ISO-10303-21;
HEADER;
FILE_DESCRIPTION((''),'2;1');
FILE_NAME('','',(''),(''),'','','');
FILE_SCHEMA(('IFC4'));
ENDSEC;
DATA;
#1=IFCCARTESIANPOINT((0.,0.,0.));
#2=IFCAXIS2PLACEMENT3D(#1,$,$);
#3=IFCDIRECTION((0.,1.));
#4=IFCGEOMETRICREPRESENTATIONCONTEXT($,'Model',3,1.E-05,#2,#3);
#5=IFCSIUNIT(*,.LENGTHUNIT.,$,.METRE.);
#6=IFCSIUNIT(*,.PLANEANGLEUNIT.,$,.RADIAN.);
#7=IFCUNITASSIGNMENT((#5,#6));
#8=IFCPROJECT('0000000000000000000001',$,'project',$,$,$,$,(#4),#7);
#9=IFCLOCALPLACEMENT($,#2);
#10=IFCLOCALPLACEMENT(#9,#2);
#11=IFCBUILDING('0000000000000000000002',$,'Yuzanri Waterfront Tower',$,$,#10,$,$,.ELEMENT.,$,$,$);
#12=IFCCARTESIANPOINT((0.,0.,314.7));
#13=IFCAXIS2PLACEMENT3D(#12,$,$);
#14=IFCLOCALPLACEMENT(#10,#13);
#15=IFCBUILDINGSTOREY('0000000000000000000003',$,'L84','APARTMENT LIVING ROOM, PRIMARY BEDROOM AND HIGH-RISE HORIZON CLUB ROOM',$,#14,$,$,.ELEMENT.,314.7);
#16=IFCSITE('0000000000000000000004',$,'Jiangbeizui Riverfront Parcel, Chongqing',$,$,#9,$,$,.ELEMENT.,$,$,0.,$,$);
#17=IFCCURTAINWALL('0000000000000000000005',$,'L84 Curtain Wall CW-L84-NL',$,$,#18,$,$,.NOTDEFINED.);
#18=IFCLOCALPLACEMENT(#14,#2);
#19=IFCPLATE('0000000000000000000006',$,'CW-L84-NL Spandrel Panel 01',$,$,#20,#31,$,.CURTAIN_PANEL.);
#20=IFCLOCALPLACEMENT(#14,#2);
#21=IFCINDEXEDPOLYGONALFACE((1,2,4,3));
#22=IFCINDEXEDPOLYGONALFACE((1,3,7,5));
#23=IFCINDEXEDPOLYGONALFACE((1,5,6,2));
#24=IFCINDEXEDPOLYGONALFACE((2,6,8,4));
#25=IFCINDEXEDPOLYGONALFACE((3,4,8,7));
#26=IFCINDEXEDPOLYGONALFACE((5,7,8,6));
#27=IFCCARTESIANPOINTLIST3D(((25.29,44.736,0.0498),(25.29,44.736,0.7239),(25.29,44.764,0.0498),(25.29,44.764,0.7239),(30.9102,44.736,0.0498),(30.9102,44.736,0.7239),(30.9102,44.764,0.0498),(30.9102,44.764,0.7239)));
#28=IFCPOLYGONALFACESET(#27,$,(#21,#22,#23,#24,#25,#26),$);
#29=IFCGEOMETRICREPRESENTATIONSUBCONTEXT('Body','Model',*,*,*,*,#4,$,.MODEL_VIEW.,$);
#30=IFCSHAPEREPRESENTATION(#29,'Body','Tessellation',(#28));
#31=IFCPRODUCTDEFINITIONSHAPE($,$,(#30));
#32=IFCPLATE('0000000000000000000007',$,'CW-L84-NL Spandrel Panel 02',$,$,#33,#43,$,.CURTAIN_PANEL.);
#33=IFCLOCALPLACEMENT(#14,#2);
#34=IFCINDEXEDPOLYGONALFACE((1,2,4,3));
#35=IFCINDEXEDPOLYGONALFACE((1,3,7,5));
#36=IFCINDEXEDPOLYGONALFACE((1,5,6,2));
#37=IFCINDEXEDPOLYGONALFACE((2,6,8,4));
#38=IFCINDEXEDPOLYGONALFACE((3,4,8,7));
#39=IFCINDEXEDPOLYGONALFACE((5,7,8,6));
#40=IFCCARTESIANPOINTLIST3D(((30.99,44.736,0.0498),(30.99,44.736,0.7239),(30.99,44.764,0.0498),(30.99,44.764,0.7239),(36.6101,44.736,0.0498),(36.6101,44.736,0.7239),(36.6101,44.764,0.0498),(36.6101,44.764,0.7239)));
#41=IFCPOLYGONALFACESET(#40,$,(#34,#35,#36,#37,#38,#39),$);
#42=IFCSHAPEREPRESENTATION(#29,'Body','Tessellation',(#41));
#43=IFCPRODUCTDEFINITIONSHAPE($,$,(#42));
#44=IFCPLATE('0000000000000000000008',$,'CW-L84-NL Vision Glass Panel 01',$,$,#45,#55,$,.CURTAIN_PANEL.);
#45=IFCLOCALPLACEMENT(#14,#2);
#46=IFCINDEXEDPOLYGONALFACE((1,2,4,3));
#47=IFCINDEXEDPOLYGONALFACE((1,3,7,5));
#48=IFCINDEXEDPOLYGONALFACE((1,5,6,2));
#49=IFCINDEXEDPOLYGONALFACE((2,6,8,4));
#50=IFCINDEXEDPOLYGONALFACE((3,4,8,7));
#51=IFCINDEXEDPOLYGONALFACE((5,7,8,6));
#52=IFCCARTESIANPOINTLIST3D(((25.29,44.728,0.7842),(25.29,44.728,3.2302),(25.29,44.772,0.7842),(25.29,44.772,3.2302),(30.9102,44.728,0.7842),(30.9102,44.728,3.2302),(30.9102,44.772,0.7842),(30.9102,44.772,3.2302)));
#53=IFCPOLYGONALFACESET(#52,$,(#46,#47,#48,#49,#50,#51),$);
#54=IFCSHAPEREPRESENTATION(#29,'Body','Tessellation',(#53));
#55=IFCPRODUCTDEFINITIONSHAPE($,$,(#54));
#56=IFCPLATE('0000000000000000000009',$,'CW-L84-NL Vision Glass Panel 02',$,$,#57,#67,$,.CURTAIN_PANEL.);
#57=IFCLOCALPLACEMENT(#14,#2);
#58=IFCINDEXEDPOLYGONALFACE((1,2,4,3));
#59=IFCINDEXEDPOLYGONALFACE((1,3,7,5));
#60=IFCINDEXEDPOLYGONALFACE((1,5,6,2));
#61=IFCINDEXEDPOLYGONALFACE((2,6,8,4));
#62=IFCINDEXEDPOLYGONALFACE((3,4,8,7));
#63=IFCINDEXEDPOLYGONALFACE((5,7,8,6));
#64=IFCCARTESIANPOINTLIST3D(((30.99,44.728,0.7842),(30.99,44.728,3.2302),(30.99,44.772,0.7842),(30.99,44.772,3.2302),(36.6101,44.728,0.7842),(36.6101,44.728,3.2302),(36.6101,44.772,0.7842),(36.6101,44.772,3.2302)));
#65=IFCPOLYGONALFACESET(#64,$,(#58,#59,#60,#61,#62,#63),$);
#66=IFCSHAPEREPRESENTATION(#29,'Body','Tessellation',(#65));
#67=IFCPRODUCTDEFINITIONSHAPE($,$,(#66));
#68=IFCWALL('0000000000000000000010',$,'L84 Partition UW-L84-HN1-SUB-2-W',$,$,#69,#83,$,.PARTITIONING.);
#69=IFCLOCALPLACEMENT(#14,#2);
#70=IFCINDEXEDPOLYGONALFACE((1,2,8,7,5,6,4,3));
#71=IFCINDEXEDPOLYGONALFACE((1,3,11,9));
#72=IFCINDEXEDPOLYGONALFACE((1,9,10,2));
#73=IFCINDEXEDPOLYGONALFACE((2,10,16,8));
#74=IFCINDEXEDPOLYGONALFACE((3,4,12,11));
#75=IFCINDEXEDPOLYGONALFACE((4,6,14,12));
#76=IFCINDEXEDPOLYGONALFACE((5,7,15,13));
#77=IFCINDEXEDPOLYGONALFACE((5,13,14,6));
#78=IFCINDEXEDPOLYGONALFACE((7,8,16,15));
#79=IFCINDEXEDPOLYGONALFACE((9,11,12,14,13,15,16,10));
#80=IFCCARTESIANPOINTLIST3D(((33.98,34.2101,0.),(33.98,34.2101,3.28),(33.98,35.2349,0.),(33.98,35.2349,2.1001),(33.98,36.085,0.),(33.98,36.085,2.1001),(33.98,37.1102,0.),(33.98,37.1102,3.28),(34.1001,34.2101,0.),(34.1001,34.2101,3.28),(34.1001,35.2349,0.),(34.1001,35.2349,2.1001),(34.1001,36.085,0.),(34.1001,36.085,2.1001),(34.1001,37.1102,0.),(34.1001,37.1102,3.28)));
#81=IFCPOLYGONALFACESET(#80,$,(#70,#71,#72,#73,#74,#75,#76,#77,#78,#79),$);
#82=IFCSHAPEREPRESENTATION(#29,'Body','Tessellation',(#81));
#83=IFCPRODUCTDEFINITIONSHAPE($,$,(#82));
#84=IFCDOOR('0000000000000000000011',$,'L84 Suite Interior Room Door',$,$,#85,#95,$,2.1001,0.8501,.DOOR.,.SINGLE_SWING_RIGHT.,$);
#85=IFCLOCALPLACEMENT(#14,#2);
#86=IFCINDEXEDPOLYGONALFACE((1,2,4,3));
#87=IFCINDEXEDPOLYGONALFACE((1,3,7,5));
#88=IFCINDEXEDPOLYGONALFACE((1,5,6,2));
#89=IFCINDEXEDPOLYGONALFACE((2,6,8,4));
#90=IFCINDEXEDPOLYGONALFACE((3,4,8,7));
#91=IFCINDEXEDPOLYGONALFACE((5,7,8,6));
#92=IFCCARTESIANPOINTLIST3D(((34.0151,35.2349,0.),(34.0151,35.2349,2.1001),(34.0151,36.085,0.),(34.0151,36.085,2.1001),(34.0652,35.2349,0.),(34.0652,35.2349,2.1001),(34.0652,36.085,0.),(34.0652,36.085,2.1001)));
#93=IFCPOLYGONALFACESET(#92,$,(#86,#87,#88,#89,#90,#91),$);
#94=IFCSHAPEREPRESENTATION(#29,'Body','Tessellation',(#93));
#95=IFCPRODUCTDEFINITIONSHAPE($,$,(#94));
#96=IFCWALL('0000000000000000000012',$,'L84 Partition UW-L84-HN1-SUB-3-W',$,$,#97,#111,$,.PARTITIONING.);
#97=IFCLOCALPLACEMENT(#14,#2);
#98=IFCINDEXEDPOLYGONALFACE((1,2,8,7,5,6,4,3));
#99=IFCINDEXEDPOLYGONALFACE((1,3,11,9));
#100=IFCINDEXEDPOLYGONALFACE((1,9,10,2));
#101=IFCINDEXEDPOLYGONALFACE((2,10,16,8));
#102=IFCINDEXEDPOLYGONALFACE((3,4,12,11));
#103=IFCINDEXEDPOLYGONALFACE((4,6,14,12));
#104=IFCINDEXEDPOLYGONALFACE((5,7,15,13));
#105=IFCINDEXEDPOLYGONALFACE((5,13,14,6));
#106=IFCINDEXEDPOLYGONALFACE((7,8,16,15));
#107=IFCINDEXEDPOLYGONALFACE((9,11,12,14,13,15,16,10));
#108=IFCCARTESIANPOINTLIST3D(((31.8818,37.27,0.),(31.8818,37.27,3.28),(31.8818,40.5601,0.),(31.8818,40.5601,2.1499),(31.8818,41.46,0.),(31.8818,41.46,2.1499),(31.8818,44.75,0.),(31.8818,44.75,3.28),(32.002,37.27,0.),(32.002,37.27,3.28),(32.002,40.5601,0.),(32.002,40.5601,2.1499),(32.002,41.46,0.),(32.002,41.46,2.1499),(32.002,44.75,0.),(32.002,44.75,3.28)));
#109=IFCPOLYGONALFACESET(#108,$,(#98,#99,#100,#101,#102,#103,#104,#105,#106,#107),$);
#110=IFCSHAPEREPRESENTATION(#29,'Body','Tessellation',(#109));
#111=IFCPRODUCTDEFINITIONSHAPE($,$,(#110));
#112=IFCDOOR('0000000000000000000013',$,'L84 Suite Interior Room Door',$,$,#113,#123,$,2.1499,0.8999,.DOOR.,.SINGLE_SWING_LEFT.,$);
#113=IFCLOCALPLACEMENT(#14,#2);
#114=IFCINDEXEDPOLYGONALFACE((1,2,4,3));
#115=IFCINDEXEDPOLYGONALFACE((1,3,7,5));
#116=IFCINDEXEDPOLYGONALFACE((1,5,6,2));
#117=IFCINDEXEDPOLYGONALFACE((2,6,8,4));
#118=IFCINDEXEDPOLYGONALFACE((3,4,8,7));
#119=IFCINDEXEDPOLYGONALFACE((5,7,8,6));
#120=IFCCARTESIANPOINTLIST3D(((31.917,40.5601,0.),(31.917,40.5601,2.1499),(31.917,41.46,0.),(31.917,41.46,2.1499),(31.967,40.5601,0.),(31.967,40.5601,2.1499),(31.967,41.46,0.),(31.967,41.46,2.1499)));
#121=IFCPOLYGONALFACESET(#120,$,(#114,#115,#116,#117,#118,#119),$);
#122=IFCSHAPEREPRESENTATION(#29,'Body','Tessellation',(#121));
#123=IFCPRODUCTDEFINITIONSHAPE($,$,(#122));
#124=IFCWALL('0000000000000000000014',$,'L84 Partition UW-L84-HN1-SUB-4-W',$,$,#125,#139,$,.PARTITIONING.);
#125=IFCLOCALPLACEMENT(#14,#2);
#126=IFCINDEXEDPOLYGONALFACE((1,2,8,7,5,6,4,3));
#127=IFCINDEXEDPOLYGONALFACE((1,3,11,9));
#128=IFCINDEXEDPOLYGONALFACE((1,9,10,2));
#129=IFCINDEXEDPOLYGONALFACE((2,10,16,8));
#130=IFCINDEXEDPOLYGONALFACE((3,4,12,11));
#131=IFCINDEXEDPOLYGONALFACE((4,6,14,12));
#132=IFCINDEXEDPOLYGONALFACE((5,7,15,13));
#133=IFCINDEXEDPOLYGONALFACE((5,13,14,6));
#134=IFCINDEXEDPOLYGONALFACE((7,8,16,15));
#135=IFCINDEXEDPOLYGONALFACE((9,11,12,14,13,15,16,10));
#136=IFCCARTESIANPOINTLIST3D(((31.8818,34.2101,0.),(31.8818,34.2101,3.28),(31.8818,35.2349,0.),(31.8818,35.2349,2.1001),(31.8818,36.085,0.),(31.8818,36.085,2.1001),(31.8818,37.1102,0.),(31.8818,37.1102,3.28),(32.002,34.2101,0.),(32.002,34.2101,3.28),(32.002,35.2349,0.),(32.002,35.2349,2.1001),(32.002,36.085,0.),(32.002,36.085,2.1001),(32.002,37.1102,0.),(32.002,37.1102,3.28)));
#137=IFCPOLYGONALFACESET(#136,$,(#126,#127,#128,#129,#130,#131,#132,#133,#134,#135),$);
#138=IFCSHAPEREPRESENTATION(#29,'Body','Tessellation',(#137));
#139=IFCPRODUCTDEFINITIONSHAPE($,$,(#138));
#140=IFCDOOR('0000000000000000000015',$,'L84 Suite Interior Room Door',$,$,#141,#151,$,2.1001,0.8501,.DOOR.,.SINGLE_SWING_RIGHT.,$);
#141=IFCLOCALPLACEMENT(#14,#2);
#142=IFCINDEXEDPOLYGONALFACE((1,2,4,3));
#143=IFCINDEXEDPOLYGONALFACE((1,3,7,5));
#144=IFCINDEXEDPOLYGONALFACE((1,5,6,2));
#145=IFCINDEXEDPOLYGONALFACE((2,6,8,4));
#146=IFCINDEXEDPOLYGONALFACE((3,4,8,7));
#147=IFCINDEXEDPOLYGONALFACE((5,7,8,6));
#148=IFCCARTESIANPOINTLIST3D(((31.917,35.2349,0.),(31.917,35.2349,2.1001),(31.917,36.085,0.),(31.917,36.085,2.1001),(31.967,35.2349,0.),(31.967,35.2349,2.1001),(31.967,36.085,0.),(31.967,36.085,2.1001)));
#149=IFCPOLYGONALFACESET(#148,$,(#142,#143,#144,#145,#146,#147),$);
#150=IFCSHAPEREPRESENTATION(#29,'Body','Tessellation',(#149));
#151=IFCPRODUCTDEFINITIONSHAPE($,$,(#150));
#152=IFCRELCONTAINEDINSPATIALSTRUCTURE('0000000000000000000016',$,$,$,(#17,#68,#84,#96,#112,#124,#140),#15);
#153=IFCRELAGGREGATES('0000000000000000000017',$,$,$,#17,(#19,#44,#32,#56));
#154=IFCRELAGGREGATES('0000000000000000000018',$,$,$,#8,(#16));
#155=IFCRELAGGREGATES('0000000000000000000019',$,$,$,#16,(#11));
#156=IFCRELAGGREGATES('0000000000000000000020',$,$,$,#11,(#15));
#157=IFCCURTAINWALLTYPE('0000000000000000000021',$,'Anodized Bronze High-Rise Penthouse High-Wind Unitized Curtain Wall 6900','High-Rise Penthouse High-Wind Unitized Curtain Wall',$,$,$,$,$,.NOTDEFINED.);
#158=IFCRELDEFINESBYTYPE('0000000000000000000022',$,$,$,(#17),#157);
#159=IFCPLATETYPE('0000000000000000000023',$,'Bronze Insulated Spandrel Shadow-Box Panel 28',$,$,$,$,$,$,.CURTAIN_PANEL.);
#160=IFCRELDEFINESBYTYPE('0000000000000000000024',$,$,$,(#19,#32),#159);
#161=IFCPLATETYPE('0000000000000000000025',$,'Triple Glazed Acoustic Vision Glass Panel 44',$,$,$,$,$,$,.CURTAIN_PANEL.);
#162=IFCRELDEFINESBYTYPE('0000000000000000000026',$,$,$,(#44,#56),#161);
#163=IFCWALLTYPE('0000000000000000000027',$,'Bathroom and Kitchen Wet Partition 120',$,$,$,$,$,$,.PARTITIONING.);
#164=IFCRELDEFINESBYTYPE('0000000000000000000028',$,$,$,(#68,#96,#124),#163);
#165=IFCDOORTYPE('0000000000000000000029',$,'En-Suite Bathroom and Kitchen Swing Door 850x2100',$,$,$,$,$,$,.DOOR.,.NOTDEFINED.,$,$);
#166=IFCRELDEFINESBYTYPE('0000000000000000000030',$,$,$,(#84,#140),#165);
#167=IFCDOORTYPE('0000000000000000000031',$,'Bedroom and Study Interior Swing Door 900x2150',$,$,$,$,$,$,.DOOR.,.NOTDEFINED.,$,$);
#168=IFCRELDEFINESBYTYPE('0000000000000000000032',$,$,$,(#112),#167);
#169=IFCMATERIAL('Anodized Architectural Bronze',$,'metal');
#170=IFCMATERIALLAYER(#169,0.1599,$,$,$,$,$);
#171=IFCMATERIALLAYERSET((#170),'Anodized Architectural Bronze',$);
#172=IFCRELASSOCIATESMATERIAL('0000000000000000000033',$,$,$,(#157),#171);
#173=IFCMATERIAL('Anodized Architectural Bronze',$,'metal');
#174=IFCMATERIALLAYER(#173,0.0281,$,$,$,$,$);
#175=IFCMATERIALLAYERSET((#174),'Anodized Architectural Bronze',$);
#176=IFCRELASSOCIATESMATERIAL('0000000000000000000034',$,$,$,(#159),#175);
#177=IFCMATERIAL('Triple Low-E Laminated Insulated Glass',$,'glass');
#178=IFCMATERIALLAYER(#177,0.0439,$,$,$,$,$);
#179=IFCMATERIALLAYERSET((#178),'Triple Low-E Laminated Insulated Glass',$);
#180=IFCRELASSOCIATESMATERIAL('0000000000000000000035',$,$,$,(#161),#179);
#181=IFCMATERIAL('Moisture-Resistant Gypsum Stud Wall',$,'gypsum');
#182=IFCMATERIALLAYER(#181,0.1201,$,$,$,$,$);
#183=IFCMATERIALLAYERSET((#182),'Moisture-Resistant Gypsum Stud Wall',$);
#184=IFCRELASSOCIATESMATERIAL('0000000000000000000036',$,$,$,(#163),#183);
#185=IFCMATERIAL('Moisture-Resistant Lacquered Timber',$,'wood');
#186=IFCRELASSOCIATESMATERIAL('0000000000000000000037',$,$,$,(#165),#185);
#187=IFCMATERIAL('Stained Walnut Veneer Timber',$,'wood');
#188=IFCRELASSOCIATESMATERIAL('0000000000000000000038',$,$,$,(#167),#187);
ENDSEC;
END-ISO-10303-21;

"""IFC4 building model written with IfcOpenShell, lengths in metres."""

from ifc_helpers import new_model, si_unit, direction, frame, frame_2d, origin, origin_2d, place, context, subcontext, project, spatial, rectangle, extrude, source, transform, mapped, material, layer, layer_set, type_object, element, fill, aggregate, save


model = new_model("IFC4")

# Units and contexts
model_context = context("Model", 3, precision=1e-05, world=origin(), true_north=direction((0.0, 1.0)))
body_context = subcontext(model_context, "Body", "Model", "MODEL_VIEW")
ifc_project = project(units=[si_unit("LENGTHUNIT", "METRE"), si_unit("PLANEANGLEUNIT", "RADIAN")], contexts=[model_context])

# Site, building, storey
site_placement = place(None, origin())
site = spatial("IfcSite", under=ifc_project, at=site_placement, Name="Jiangbeizui Riverfront Parcel, Chongqing", CompositionType="ELEMENT", RefElevation=0.0)
building_placement = place(site_placement, origin())
building = spatial("IfcBuilding", under=site, at=building_placement, Name="Yuzanri Waterfront Tower", CompositionType="ELEMENT")
storey_placement = place(building_placement, frame((0.0, 0.0, 314.7)))
storey = spatial("IfcBuildingStorey", under=building, at=storey_placement, Name="L84", Description="APARTMENT LIVING ROOM, PRIMARY BEDROOM AND HIGH-RISE HORIZON CLUB ROOM", CompositionType="ELEMENT", Elevation=314.7)

# Curtain wall, plates
ifc_material_1 = material(Name="Anodized Architectural Bronze", Category="metal")
ifc_layer_1 = layer(ifc_material_1, 0.1599)
ifc_layer_set_1 = layer_set([ifc_layer_1], Name="Anodized Architectural Bronze")
curtain_wall_type = type_object("IfcCurtainWallType", Name="Anodized Bronze High-Rise Penthouse High-Wind Unitized Curtain Wall 6900", Description="High-Rise Penthouse High-Wind Unitized Curtain Wall", PredefinedType="NOTDEFINED", material=ifc_layer_set_1)
curtain_wall_placement = place(storey_placement, origin())
curtain_wall = element("IfcCurtainWall", 1, at=curtain_wall_placement, inside=storey, type_object=curtain_wall_type, Name="L84 Curtain Wall CW-L84-NL", PredefinedType="NOTDEFINED")
ifc_material_2 = material(Name="Anodized Architectural Bronze", Category="metal")
ifc_layer_2 = layer(ifc_material_2, 0.0281)
ifc_layer_set_2 = layer_set([ifc_layer_2], Name="Anodized Architectural Bronze")
plate_type_1 = type_object("IfcPlateType", Name="Bronze Insulated Spandrel Shadow-Box Panel 28", PredefinedType="CURTAIN_PANEL", material=ifc_layer_set_2)
shared_shape_1 = source(origin(), body_context, "Body", "SweptSolid", [
    extrude(rectangle(XDim=5.6201, YDim=0.0281, at=origin_2d()), origin(), (0.0, 0.0, 1.0), 0.6741),
])
plate_1_placement = place(storey_placement, frame((28.1001, 44.75, 0.0498), z_axis=(0.0, 0.0, 1.0), x_axis=(1.0, 0.0, 0.0)))
plate_1 = element("IfcPlate", 2, at=plate_1_placement, type_object=plate_type_1, Name="CW-L84-NL Spandrel Panel 01", PredefinedType="CURTAIN_PANEL", context=body_context, shape_type="MappedRepresentation", body=[
    mapped(shared_shape_1, transform((0.0, 0.0, 0.0), scale=1.0)),
])
plate_2_placement = place(storey_placement, frame((33.8, 44.75, 0.0498), z_axis=(0.0, 0.0, 1.0), x_axis=(1.0, 0.0, 0.0)))
plate_2 = element("IfcPlate", 3, at=plate_2_placement, type_object=plate_type_1, Name="CW-L84-NL Spandrel Panel 02", PredefinedType="CURTAIN_PANEL", context=body_context, shape_type="MappedRepresentation", body=[
    mapped(shared_shape_1, transform((0.0, 0.0, 0.0), scale=1.0)),
])
ifc_material_3 = material(Name="Triple Low-E Laminated Insulated Glass", Category="glass")
ifc_layer_3 = layer(ifc_material_3, 0.0439)
ifc_layer_set_3 = layer_set([ifc_layer_3], Name="Triple Low-E Laminated Insulated Glass")
plate_type_2 = type_object("IfcPlateType", Name="Triple Glazed Acoustic Vision Glass Panel 44", PredefinedType="CURTAIN_PANEL", material=ifc_layer_set_3)
shared_shape_2 = source(origin(), body_context, "Body", "SweptSolid", [
    extrude(rectangle(XDim=5.6201, YDim=0.0439, at=origin_2d()), origin(), (0.0, 0.0, 1.0), 2.446),
])
plate_3_placement = place(storey_placement, frame((28.1001, 44.75, 0.7842), z_axis=(0.0, 0.0, 1.0), x_axis=(1.0, 0.0, 0.0)))
plate_3 = element("IfcPlate", 4, at=plate_3_placement, type_object=plate_type_2, Name="CW-L84-NL Vision Glass Panel 01", PredefinedType="CURTAIN_PANEL", context=body_context, shape_type="MappedRepresentation", body=[
    mapped(shared_shape_2, transform((0.0, 0.0, 0.0), scale=1.0)),
])
plate_4_placement = place(storey_placement, frame((33.8, 44.75, 0.7842), z_axis=(0.0, 0.0, 1.0), x_axis=(1.0, 0.0, 0.0)))
plate_4 = element("IfcPlate", 5, at=plate_4_placement, type_object=plate_type_2, Name="CW-L84-NL Vision Glass Panel 02", PredefinedType="CURTAIN_PANEL", context=body_context, shape_type="MappedRepresentation", body=[
    mapped(shared_shape_2, transform((0.0, 0.0, 0.0), scale=1.0)),
])
aggregate(curtain_wall, [plate_1, plate_3, plate_2, plate_4])

# Walls, openings, doors
ifc_material_4 = material(Name="Moisture-Resistant Gypsum Stud Wall", Category="gypsum")
ifc_layer_4 = layer(ifc_material_4, 0.1201)
ifc_layer_set_4 = layer_set([ifc_layer_4], Name="Moisture-Resistant Gypsum Stud Wall")
wall_type = type_object("IfcWallType", Name="Bathroom and Kitchen Wet Partition 120", PredefinedType="PARTITIONING", material=ifc_layer_set_4)
wall_1_placement = place(storey_placement, frame((34.04, 34.21, 0.0), z_axis=(0.0, 0.0, 1.0), x_axis=(0.0, 1.0, 0.0)))
wall_1 = element("IfcWall", 6, at=wall_1_placement, inside=storey, type_object=wall_type, Name="L84 Partition UW-L84-HN1-SUB-2-W", PredefinedType="PARTITIONING", context=body_context, shape_type="SweptSolid", body=[
    extrude(rectangle(XDim=2.9001, YDim=0.1201, at=frame_2d((1.4502, 0.0))), origin(), (0.0, 0.0, 1.0), 3.28),
])
opening_1_placement = place(wall_1_placement, frame((1.0249, 0.0, 0.0)))
opening_1 = element("IfcOpeningElement", 7, at=opening_1_placement, cuts=wall_1, PredefinedType="OPENING", context=body_context, shape_type="SweptSolid", body=[
    extrude(rectangle(XDim=0.8501, YDim=2.1001, at=frame_2d((0.425, 1.05))), frame((0.0, 0.075, 0.0), z_axis=(0.0, -1.0, 0.0), x_axis=(1.0, 0.0, 0.0)), (0.0, 0.0, 1.0), 0.1499),
])
ifc_material_5 = material(Name="Moisture-Resistant Lacquered Timber", Category="wood")
door_type_1 = type_object("IfcDoorType", Name="En-Suite Bathroom and Kitchen Swing Door 850x2100", OperationType="NOTDEFINED", PredefinedType="DOOR", material=ifc_material_5)
shared_shape_3 = source(origin(), body_context, "Body", "SweptSolid", [
    extrude(rectangle(XDim=0.8501, YDim=2.1001, at=frame_2d((0.425, 1.05))), frame((0.0, 0.0249, 0.0), z_axis=(0.0, -1.0, 0.0), x_axis=(1.0, 0.0, 0.0)), (0.0, 0.0, 1.0), 0.05),
])
door_1_placement = place(opening_1_placement, origin())
door_1 = element("IfcDoor", 8, at=door_1_placement, inside=storey, type_object=door_type_1, Name="L84 Suite Interior Room Door", OperationType="SINGLE_SWING_RIGHT", OverallHeight=2.1001, OverallWidth=0.8501, PredefinedType="DOOR", context=body_context, shape_type="MappedRepresentation", body=[
    mapped(shared_shape_3, transform((0.0, 0.0, 0.0), scale=1.0)),
])
fill(opening_1, door_1)
wall_2_placement = place(storey_placement, frame((31.9419, 37.27, 0.0), z_axis=(0.0, 0.0, 1.0), x_axis=(0.0, 1.0, 0.0)))
wall_2 = element("IfcWall", 9, at=wall_2_placement, inside=storey, type_object=wall_type, Name="L84 Partition UW-L84-HN1-SUB-3-W", PredefinedType="PARTITIONING", context=body_context, shape_type="SweptSolid", body=[
    extrude(rectangle(XDim=7.48, YDim=0.1201, at=frame_2d((3.74, 0.0))), origin(), (0.0, 0.0, 1.0), 3.28),
])
opening_2_placement = place(wall_2_placement, frame((3.29, 0.0, 0.0)))
opening_2 = element("IfcOpeningElement", 10, at=opening_2_placement, cuts=wall_2, PredefinedType="OPENING", context=body_context, shape_type="SweptSolid", body=[
    extrude(rectangle(XDim=0.8999, YDim=2.1499, at=frame_2d((0.45, 1.075))), frame((0.0, 0.075, 0.0), z_axis=(0.0, -1.0, 0.0), x_axis=(1.0, 0.0, 0.0)), (0.0, 0.0, 1.0), 0.1499),
])
ifc_material_6 = material(Name="Stained Walnut Veneer Timber", Category="wood")
door_type_2 = type_object("IfcDoorType", Name="Bedroom and Study Interior Swing Door 900x2150", OperationType="NOTDEFINED", PredefinedType="DOOR", material=ifc_material_6)
shared_shape_4 = source(origin(), body_context, "Body", "SweptSolid", [
    extrude(rectangle(XDim=0.8999, YDim=2.1499, at=frame_2d((0.45, 1.075))), frame((0.0, 0.0249, 0.0), z_axis=(0.0, -1.0, 0.0), x_axis=(1.0, 0.0, 0.0)), (0.0, 0.0, 1.0), 0.05),
])
door_2_placement = place(opening_2_placement, origin())
door_2 = element("IfcDoor", 11, at=door_2_placement, inside=storey, type_object=door_type_2, Name="L84 Suite Interior Room Door", OperationType="SINGLE_SWING_LEFT", OverallHeight=2.1499, OverallWidth=0.8999, PredefinedType="DOOR", context=body_context, shape_type="MappedRepresentation", body=[
    mapped(shared_shape_4, transform((0.0, 0.0, 0.0), scale=1.0)),
])
fill(opening_2, door_2)
wall_3_placement = place(storey_placement, frame((31.9419, 34.21, 0.0), z_axis=(0.0, 0.0, 1.0), x_axis=(0.0, 1.0, 0.0)))
wall_3 = element("IfcWall", 12, at=wall_3_placement, inside=storey, type_object=wall_type, Name="L84 Partition UW-L84-HN1-SUB-4-W", PredefinedType="PARTITIONING", context=body_context, shape_type="SweptSolid", body=[
    extrude(rectangle(XDim=2.9001, YDim=0.1201, at=frame_2d((1.4502, 0.0))), origin(), (0.0, 0.0, 1.0), 3.28),
])
opening_3_placement = place(wall_3_placement, frame((1.0249, 0.0, 0.0)))
opening_3 = element("IfcOpeningElement", 13, at=opening_3_placement, cuts=wall_3, PredefinedType="OPENING", context=body_context, shape_type="SweptSolid", body=[
    extrude(rectangle(XDim=0.8501, YDim=2.1001, at=frame_2d((0.425, 1.05))), frame((0.0, 0.075, 0.0), z_axis=(0.0, -1.0, 0.0), x_axis=(1.0, 0.0, 0.0)), (0.0, 0.0, 1.0), 0.1499),
])
door_3_placement = place(opening_3_placement, origin())
door_3 = element("IfcDoor", 14, at=door_3_placement, inside=storey, type_object=door_type_1, Name="L84 Suite Interior Room Door", OperationType="SINGLE_SWING_RIGHT", OverallHeight=2.1001, OverallWidth=0.8501, PredefinedType="DOOR", context=body_context, shape_type="MappedRepresentation", body=[
    mapped(shared_shape_3, transform((0.0, 0.0, 0.0), scale=1.0)),
])
fill(opening_3, door_3)

save(model, "model.ifc")
